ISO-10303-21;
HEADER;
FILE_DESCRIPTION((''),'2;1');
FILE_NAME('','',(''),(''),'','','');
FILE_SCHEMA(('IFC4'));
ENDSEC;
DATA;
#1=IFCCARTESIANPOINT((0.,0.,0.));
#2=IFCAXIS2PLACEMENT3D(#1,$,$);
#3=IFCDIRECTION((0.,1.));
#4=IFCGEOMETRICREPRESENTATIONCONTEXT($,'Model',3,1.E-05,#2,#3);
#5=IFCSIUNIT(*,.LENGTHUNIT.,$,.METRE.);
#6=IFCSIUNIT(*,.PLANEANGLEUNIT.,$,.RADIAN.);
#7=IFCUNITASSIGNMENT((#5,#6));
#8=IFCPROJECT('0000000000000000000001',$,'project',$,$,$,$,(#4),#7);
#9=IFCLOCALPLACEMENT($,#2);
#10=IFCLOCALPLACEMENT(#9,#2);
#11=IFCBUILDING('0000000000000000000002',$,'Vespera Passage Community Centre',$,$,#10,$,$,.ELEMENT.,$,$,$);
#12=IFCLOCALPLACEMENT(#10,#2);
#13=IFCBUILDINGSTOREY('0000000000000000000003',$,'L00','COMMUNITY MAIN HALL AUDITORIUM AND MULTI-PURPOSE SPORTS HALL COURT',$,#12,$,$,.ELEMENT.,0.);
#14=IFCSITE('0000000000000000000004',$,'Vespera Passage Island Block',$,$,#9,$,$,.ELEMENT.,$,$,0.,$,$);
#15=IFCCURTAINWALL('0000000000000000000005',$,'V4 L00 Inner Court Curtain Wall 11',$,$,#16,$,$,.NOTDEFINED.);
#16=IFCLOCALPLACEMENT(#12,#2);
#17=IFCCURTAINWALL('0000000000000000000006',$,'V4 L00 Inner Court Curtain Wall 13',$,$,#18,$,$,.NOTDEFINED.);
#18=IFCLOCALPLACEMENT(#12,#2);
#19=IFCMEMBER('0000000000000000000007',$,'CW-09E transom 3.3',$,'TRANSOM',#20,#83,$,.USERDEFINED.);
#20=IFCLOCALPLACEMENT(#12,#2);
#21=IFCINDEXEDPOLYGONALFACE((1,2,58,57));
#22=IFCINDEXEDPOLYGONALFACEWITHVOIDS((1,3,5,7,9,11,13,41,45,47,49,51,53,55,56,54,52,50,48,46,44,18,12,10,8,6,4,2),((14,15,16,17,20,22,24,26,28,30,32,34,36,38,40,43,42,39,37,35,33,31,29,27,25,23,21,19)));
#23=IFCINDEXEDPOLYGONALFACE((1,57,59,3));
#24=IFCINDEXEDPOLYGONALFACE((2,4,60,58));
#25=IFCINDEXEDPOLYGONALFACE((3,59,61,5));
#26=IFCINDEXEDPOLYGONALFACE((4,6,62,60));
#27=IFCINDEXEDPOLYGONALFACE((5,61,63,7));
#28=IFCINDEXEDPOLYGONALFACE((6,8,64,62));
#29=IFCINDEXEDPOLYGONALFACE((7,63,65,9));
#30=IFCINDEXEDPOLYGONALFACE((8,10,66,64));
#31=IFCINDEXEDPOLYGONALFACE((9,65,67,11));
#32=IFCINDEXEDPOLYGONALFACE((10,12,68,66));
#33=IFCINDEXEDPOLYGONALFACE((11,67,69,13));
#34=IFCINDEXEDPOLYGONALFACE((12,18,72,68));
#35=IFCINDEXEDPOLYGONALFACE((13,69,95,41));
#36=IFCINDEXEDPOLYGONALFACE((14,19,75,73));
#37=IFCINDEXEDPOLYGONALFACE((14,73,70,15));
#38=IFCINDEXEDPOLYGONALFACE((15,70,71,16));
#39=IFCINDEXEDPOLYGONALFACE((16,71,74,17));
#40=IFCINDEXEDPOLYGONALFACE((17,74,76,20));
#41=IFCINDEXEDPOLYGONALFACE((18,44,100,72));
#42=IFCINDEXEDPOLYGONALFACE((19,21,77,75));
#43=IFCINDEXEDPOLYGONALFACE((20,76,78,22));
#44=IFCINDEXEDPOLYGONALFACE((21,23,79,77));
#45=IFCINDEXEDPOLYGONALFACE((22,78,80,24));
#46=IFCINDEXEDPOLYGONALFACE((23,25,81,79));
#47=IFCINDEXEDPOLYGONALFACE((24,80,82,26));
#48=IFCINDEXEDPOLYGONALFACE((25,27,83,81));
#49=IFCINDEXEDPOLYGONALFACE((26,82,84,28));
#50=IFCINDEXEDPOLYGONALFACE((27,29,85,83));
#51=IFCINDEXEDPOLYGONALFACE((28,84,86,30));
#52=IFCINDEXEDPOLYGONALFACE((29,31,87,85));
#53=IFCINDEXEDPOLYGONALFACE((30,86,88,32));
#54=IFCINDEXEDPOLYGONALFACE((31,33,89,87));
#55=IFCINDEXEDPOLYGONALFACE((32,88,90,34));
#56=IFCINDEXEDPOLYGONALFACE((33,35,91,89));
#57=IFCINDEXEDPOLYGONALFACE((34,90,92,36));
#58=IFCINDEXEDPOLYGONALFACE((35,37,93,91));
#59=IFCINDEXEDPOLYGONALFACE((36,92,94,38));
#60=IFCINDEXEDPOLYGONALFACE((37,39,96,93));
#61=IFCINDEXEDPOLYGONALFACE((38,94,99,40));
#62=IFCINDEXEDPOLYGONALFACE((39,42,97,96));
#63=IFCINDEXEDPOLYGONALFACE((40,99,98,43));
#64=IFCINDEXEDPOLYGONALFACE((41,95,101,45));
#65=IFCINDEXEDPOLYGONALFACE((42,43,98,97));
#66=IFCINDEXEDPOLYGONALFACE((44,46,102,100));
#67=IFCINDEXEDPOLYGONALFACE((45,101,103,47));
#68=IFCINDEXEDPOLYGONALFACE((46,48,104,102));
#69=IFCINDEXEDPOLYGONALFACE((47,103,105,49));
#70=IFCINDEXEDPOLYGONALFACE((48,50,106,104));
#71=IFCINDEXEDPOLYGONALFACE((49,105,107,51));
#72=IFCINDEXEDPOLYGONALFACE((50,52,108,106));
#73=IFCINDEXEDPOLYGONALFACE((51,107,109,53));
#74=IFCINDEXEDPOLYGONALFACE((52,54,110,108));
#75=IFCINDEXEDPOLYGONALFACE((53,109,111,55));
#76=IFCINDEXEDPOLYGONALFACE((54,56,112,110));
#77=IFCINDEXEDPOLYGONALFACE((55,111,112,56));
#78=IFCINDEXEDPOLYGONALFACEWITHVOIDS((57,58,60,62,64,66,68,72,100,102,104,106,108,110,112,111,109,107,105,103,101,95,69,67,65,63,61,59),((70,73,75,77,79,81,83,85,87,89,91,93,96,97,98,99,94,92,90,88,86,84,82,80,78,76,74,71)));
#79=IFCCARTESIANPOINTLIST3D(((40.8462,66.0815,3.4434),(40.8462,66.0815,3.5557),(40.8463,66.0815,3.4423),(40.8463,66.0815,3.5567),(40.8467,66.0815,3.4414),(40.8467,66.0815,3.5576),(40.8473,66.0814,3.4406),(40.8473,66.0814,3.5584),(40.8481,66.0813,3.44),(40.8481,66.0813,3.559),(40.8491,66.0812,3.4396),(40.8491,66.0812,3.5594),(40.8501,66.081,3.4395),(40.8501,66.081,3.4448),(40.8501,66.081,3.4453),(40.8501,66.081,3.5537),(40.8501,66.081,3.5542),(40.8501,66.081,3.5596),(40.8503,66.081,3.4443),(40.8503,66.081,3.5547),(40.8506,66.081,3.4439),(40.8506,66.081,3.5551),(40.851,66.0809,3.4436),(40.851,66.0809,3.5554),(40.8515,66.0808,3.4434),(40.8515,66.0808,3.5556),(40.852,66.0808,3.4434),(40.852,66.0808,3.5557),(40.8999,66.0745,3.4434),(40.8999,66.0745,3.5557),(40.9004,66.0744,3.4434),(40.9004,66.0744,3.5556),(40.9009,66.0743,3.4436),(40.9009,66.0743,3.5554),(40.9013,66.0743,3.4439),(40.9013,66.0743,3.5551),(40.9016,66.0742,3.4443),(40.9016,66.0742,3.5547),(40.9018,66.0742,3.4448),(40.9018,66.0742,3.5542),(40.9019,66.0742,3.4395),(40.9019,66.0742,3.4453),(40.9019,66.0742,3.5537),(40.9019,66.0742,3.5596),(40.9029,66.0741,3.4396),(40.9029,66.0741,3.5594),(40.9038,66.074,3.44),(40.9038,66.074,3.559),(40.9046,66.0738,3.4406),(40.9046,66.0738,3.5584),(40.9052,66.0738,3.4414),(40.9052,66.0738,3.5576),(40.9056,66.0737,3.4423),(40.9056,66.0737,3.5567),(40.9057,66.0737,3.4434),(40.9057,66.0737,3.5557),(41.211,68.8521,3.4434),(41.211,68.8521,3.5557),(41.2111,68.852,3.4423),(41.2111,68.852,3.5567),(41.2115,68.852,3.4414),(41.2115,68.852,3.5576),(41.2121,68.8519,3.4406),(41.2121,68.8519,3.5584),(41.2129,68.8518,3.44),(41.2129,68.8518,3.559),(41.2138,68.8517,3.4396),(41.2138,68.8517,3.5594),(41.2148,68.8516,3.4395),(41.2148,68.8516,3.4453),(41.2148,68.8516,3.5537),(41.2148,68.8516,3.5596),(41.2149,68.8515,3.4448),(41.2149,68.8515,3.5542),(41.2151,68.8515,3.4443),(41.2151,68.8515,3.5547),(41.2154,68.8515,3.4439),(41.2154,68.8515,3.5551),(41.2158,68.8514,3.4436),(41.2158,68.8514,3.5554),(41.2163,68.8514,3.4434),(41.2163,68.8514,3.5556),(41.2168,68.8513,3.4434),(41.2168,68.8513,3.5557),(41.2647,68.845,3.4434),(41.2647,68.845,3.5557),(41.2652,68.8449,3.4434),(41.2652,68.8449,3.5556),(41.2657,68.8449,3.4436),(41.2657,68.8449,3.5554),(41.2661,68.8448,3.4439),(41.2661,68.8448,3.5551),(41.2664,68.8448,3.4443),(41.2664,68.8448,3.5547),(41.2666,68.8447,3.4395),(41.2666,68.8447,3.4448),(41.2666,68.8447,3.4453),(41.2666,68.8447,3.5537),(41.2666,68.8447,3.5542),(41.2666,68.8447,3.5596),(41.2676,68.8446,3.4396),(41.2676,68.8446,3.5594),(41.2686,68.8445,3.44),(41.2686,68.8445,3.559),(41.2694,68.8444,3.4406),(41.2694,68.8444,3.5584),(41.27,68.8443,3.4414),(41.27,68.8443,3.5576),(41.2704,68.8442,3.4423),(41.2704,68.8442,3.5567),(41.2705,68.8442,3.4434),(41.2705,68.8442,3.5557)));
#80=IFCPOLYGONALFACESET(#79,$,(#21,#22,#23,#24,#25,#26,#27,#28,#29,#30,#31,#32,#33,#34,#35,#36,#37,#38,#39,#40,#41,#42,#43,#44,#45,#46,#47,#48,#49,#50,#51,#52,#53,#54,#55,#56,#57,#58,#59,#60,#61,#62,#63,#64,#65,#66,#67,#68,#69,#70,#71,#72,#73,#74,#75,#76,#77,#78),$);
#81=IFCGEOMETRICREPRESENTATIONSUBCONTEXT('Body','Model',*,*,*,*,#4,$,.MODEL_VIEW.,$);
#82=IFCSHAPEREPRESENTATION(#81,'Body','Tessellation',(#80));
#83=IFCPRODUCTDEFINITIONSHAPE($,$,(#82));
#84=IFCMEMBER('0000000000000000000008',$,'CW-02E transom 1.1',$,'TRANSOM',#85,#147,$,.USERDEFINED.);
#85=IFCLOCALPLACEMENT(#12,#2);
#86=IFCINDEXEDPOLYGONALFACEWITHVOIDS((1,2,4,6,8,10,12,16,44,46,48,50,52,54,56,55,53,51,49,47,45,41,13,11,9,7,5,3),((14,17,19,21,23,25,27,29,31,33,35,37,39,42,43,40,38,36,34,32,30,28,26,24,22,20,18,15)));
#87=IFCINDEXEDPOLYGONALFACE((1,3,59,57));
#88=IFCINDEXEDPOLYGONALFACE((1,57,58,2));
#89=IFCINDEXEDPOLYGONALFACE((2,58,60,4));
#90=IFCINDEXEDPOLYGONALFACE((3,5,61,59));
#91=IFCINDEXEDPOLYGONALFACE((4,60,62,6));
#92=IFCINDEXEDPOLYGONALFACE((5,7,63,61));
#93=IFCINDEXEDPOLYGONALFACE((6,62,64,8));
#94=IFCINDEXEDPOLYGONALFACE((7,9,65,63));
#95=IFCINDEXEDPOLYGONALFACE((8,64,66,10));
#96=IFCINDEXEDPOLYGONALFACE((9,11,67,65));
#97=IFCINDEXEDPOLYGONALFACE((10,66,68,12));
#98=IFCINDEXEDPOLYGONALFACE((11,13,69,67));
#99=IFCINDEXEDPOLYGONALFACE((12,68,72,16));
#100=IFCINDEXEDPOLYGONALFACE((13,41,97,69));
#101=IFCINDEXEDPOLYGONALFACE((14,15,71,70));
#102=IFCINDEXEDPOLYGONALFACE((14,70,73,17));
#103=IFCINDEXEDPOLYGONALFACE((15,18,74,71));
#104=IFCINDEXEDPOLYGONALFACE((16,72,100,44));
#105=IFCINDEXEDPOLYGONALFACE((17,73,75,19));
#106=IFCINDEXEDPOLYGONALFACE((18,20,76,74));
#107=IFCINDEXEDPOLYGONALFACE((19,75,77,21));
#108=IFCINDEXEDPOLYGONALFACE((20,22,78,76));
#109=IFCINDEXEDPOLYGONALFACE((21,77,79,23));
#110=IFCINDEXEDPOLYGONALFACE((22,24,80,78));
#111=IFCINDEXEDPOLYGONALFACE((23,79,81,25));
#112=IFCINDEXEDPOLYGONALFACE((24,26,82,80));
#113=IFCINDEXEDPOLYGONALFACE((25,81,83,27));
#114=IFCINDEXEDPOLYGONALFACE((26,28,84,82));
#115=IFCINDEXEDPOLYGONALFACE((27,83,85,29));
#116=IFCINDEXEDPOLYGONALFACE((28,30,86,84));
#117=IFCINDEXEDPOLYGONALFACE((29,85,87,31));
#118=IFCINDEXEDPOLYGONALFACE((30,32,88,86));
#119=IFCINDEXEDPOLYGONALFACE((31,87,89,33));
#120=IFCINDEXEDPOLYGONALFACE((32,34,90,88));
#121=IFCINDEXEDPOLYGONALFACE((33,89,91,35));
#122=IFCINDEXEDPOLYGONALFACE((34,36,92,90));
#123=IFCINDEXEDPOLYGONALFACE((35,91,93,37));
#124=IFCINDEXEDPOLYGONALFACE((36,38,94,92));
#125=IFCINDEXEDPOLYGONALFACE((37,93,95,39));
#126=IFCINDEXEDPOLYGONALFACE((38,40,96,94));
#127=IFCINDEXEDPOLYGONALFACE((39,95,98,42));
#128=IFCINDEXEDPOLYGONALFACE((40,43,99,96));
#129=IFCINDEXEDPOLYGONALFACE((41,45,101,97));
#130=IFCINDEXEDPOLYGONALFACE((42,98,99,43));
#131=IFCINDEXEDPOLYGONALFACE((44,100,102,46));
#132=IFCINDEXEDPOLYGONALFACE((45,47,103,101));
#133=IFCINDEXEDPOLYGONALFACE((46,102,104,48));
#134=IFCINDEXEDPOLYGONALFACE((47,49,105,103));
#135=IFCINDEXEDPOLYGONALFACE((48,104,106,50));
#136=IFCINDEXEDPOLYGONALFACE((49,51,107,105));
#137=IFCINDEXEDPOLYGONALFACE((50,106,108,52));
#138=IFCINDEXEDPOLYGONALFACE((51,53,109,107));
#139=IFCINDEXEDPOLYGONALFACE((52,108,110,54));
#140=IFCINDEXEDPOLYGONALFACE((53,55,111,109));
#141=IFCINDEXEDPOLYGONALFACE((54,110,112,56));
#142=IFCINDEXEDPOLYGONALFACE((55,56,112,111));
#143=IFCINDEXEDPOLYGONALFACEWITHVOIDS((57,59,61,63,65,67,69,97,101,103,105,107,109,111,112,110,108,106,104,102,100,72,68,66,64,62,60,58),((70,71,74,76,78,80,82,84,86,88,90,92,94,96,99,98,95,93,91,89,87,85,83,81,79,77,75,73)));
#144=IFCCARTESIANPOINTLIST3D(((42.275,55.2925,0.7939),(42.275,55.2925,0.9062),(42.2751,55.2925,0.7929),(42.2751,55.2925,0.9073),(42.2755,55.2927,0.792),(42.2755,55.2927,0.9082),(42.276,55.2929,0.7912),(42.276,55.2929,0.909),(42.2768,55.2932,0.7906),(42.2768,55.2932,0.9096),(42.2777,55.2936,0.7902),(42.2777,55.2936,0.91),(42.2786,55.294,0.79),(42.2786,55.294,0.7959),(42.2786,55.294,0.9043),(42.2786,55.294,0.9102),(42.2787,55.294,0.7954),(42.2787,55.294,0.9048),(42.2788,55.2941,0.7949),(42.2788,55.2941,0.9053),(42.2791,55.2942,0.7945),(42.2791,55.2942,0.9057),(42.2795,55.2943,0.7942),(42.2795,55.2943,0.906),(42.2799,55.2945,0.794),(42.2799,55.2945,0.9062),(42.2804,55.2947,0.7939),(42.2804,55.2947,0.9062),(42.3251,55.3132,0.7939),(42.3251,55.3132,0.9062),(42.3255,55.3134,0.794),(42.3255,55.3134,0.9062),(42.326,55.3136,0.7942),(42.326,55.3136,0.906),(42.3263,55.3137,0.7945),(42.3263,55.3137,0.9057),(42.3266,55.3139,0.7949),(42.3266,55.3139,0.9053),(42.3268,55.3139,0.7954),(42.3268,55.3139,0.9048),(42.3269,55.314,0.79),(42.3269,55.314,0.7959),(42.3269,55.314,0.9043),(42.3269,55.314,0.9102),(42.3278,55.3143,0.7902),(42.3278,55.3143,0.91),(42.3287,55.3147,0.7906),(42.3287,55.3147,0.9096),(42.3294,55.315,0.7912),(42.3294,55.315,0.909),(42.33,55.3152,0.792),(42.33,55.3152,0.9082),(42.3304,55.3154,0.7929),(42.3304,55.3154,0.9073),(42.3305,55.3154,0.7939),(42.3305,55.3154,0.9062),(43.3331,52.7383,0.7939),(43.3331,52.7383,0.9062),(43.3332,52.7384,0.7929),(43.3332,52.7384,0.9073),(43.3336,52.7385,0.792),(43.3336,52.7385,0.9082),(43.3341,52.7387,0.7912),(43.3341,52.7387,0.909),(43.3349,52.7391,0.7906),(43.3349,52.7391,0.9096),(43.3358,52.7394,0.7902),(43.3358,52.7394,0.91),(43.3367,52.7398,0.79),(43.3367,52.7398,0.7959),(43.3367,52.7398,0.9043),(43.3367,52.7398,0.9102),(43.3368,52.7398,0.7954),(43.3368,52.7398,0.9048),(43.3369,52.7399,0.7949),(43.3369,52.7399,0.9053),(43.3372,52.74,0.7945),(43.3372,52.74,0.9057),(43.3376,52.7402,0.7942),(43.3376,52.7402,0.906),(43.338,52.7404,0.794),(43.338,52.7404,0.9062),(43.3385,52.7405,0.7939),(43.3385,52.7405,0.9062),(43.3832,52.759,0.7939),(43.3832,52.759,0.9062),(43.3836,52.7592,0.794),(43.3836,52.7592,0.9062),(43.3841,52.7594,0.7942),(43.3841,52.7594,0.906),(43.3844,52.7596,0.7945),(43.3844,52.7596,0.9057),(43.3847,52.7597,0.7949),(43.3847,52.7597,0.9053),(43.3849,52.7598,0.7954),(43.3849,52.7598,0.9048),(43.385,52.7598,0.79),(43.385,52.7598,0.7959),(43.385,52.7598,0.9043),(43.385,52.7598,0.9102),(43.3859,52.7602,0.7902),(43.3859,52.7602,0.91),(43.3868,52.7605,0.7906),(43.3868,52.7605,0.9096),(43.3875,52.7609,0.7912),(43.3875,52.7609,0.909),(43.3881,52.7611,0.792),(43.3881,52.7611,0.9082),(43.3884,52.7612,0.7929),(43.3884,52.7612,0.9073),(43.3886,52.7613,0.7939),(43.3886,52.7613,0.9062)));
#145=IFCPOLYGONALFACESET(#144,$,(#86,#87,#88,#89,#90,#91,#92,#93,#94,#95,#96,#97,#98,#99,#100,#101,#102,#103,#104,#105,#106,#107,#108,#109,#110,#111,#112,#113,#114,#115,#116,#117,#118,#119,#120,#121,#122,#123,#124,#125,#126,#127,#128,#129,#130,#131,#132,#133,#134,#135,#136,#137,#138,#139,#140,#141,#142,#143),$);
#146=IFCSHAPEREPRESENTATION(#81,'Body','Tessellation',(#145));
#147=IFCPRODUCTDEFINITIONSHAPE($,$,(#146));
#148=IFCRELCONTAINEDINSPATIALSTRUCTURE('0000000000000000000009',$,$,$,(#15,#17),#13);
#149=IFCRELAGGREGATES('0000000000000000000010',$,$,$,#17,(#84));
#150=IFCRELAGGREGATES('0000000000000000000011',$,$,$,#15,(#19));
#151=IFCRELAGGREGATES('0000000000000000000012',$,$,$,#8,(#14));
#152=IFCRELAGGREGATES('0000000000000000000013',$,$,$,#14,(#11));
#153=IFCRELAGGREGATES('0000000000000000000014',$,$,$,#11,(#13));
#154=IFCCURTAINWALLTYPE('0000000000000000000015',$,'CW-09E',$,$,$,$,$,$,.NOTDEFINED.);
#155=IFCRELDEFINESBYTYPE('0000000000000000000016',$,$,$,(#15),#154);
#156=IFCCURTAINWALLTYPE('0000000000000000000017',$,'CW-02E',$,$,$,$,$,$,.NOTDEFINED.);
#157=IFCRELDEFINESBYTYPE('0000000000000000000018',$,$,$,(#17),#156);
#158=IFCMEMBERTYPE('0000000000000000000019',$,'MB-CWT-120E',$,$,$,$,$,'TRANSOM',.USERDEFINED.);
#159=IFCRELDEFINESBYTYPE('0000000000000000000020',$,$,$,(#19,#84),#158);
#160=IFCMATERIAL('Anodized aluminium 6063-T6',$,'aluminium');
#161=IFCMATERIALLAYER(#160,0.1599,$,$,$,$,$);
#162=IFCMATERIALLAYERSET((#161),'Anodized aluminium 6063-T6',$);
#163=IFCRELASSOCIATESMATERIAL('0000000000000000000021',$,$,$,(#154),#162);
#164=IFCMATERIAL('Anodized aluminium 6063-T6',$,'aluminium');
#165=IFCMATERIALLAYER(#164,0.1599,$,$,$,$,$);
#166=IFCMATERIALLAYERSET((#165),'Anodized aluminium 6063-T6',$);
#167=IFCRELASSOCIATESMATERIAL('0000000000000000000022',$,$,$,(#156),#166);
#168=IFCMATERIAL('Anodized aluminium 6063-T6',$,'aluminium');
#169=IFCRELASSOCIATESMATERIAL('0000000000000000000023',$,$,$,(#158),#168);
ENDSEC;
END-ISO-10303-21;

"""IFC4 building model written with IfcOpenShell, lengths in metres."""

from ifc_helpers import new_model, si_unit, direction, frame, origin, origin_2d, place, context, subcontext, project, spatial, hollow_rectangle, extrude, material, layer, layer_set, material_profile, profile_set, type_object, element, aggregate, save


model = new_model("IFC4")

# Units and contexts
model_context = context("Model", 3, precision=1e-05, world=origin(), true_north=direction((0.0, 1.0)))
body_context = subcontext(model_context, "Body", "Model", "MODEL_VIEW")
ifc_project = project(units=[si_unit("LENGTHUNIT", "METRE"), si_unit("PLANEANGLEUNIT", "RADIAN")], contexts=[model_context])

# Site, building, storey
site_placement = place(None, origin())
site = spatial("IfcSite", under=ifc_project, at=site_placement, Name="Vespera Passage Island Block", CompositionType="ELEMENT", RefElevation=0.0)
building_placement = place(site_placement, origin())
building = spatial("IfcBuilding", under=site, at=building_placement, Name="Vespera Passage Community Centre", CompositionType="ELEMENT")
storey_placement = place(building_placement, origin())
storey = spatial("IfcBuildingStorey", under=building, at=storey_placement, Name="L00", Description="COMMUNITY MAIN HALL AUDITORIUM AND MULTI-PURPOSE SPORTS HALL COURT", CompositionType="ELEMENT", Elevation=0.0)

# Curtain walls
ifc_material_1 = material(Name="Anodized aluminium 6063-T6", Category="aluminium")
ifc_layer_1 = layer(ifc_material_1, 0.1599)
ifc_layer_set_1 = layer_set([ifc_layer_1], Name="Anodized aluminium 6063-T6")
curtain_wall_type_1 = type_object("IfcCurtainWallType", Name="CW-09E", PredefinedType="NOTDEFINED", material=ifc_layer_set_1)
curtain_wall_1_placement = place(storey_placement, origin())
curtain_wall_1 = element("IfcCurtainWall", 1, at=curtain_wall_1_placement, inside=storey, type_object=curtain_wall_type_1, Name="V4 L00 Inner Court Curtain Wall 11", PredefinedType="NOTDEFINED")
ifc_material_2 = material(Name="Anodized aluminium 6063-T6", Category="aluminium")
ifc_layer_2 = layer(ifc_material_2, 0.1599)
ifc_layer_set_2 = layer_set([ifc_layer_2], Name="Anodized aluminium 6063-T6")
curtain_wall_type_2 = type_object("IfcCurtainWallType", Name="CW-02E", PredefinedType="NOTDEFINED", material=ifc_layer_set_2)
curtain_wall_2_placement = place(storey_placement, origin())
curtain_wall_2 = element("IfcCurtainWall", 2, at=curtain_wall_2_placement, inside=storey, type_object=curtain_wall_type_2, Name="V4 L00 Inner Court Curtain Wall 13", PredefinedType="NOTDEFINED")

# Members
ifc_material_3 = material(Name="Anodized aluminium 6063-T6", Category="aluminium")
ifc_material_profile_1 = material_profile(ifc_material_3, hollow_rectangle(XDim=0.0601, YDim=0.1201, WallThickness=0.0039, InnerFilletRadius=0.002, OuterFilletRadius=0.0039, at=origin_2d()), Name="ALU120X60X4")
ifc_profile_set_1 = profile_set([ifc_material_profile_1], Name="Anodized aluminium 6063-T6")
member_type_1 = type_object("IfcMemberType", Name="MB-CWT-120E", ElementType="TRANSOM", PredefinedType="USERDEFINED", material=ifc_profile_set_1)
member_1_placement = place(storey_placement, frame((41.2407, 68.8481, 3.4995), z_axis=(-0.130527, -0.991445, 0.0), x_axis=(0.991445, -0.130527, 0.0)))
member_1 = element("IfcMember", 3, at=member_1_placement, type_object=member_type_1, Name="CW-09E transom 3.3", ObjectType="TRANSOM", PredefinedType="USERDEFINED", context=body_context, shape_type="SweptSolid", body=[
    extrude(hollow_rectangle(XDim=0.0601, YDim=0.1201, WallThickness=0.0039, InnerFilletRadius=0.002, OuterFilletRadius=0.0039, at=origin_2d()), origin(), (0.0, 0.0, 1.0), 2.7944),
])
member_2_placement = place(storey_placement, frame((42.3027, 55.304, 0.8501), z_axis=(0.382721, -0.923864, 0.0), x_axis=(0.923864, 0.382721, 0.0)))
member_2 = element("IfcMember", 4, at=member_2_placement, type_object=member_type_1, Name="CW-02E transom 1.1", ObjectType="TRANSOM", PredefinedType="USERDEFINED", context=body_context, shape_type="SweptSolid", body=[
    extrude(hollow_rectangle(XDim=0.0601, YDim=0.1201, WallThickness=0.0039, InnerFilletRadius=0.002, OuterFilletRadius=0.0039, at=origin_2d()), origin(), (0.0, 0.0, 1.0), 2.7646),
])

aggregate(curtain_wall_2, [member_2])
aggregate(curtain_wall_1, [member_1])

save(model, "model.ifc")
